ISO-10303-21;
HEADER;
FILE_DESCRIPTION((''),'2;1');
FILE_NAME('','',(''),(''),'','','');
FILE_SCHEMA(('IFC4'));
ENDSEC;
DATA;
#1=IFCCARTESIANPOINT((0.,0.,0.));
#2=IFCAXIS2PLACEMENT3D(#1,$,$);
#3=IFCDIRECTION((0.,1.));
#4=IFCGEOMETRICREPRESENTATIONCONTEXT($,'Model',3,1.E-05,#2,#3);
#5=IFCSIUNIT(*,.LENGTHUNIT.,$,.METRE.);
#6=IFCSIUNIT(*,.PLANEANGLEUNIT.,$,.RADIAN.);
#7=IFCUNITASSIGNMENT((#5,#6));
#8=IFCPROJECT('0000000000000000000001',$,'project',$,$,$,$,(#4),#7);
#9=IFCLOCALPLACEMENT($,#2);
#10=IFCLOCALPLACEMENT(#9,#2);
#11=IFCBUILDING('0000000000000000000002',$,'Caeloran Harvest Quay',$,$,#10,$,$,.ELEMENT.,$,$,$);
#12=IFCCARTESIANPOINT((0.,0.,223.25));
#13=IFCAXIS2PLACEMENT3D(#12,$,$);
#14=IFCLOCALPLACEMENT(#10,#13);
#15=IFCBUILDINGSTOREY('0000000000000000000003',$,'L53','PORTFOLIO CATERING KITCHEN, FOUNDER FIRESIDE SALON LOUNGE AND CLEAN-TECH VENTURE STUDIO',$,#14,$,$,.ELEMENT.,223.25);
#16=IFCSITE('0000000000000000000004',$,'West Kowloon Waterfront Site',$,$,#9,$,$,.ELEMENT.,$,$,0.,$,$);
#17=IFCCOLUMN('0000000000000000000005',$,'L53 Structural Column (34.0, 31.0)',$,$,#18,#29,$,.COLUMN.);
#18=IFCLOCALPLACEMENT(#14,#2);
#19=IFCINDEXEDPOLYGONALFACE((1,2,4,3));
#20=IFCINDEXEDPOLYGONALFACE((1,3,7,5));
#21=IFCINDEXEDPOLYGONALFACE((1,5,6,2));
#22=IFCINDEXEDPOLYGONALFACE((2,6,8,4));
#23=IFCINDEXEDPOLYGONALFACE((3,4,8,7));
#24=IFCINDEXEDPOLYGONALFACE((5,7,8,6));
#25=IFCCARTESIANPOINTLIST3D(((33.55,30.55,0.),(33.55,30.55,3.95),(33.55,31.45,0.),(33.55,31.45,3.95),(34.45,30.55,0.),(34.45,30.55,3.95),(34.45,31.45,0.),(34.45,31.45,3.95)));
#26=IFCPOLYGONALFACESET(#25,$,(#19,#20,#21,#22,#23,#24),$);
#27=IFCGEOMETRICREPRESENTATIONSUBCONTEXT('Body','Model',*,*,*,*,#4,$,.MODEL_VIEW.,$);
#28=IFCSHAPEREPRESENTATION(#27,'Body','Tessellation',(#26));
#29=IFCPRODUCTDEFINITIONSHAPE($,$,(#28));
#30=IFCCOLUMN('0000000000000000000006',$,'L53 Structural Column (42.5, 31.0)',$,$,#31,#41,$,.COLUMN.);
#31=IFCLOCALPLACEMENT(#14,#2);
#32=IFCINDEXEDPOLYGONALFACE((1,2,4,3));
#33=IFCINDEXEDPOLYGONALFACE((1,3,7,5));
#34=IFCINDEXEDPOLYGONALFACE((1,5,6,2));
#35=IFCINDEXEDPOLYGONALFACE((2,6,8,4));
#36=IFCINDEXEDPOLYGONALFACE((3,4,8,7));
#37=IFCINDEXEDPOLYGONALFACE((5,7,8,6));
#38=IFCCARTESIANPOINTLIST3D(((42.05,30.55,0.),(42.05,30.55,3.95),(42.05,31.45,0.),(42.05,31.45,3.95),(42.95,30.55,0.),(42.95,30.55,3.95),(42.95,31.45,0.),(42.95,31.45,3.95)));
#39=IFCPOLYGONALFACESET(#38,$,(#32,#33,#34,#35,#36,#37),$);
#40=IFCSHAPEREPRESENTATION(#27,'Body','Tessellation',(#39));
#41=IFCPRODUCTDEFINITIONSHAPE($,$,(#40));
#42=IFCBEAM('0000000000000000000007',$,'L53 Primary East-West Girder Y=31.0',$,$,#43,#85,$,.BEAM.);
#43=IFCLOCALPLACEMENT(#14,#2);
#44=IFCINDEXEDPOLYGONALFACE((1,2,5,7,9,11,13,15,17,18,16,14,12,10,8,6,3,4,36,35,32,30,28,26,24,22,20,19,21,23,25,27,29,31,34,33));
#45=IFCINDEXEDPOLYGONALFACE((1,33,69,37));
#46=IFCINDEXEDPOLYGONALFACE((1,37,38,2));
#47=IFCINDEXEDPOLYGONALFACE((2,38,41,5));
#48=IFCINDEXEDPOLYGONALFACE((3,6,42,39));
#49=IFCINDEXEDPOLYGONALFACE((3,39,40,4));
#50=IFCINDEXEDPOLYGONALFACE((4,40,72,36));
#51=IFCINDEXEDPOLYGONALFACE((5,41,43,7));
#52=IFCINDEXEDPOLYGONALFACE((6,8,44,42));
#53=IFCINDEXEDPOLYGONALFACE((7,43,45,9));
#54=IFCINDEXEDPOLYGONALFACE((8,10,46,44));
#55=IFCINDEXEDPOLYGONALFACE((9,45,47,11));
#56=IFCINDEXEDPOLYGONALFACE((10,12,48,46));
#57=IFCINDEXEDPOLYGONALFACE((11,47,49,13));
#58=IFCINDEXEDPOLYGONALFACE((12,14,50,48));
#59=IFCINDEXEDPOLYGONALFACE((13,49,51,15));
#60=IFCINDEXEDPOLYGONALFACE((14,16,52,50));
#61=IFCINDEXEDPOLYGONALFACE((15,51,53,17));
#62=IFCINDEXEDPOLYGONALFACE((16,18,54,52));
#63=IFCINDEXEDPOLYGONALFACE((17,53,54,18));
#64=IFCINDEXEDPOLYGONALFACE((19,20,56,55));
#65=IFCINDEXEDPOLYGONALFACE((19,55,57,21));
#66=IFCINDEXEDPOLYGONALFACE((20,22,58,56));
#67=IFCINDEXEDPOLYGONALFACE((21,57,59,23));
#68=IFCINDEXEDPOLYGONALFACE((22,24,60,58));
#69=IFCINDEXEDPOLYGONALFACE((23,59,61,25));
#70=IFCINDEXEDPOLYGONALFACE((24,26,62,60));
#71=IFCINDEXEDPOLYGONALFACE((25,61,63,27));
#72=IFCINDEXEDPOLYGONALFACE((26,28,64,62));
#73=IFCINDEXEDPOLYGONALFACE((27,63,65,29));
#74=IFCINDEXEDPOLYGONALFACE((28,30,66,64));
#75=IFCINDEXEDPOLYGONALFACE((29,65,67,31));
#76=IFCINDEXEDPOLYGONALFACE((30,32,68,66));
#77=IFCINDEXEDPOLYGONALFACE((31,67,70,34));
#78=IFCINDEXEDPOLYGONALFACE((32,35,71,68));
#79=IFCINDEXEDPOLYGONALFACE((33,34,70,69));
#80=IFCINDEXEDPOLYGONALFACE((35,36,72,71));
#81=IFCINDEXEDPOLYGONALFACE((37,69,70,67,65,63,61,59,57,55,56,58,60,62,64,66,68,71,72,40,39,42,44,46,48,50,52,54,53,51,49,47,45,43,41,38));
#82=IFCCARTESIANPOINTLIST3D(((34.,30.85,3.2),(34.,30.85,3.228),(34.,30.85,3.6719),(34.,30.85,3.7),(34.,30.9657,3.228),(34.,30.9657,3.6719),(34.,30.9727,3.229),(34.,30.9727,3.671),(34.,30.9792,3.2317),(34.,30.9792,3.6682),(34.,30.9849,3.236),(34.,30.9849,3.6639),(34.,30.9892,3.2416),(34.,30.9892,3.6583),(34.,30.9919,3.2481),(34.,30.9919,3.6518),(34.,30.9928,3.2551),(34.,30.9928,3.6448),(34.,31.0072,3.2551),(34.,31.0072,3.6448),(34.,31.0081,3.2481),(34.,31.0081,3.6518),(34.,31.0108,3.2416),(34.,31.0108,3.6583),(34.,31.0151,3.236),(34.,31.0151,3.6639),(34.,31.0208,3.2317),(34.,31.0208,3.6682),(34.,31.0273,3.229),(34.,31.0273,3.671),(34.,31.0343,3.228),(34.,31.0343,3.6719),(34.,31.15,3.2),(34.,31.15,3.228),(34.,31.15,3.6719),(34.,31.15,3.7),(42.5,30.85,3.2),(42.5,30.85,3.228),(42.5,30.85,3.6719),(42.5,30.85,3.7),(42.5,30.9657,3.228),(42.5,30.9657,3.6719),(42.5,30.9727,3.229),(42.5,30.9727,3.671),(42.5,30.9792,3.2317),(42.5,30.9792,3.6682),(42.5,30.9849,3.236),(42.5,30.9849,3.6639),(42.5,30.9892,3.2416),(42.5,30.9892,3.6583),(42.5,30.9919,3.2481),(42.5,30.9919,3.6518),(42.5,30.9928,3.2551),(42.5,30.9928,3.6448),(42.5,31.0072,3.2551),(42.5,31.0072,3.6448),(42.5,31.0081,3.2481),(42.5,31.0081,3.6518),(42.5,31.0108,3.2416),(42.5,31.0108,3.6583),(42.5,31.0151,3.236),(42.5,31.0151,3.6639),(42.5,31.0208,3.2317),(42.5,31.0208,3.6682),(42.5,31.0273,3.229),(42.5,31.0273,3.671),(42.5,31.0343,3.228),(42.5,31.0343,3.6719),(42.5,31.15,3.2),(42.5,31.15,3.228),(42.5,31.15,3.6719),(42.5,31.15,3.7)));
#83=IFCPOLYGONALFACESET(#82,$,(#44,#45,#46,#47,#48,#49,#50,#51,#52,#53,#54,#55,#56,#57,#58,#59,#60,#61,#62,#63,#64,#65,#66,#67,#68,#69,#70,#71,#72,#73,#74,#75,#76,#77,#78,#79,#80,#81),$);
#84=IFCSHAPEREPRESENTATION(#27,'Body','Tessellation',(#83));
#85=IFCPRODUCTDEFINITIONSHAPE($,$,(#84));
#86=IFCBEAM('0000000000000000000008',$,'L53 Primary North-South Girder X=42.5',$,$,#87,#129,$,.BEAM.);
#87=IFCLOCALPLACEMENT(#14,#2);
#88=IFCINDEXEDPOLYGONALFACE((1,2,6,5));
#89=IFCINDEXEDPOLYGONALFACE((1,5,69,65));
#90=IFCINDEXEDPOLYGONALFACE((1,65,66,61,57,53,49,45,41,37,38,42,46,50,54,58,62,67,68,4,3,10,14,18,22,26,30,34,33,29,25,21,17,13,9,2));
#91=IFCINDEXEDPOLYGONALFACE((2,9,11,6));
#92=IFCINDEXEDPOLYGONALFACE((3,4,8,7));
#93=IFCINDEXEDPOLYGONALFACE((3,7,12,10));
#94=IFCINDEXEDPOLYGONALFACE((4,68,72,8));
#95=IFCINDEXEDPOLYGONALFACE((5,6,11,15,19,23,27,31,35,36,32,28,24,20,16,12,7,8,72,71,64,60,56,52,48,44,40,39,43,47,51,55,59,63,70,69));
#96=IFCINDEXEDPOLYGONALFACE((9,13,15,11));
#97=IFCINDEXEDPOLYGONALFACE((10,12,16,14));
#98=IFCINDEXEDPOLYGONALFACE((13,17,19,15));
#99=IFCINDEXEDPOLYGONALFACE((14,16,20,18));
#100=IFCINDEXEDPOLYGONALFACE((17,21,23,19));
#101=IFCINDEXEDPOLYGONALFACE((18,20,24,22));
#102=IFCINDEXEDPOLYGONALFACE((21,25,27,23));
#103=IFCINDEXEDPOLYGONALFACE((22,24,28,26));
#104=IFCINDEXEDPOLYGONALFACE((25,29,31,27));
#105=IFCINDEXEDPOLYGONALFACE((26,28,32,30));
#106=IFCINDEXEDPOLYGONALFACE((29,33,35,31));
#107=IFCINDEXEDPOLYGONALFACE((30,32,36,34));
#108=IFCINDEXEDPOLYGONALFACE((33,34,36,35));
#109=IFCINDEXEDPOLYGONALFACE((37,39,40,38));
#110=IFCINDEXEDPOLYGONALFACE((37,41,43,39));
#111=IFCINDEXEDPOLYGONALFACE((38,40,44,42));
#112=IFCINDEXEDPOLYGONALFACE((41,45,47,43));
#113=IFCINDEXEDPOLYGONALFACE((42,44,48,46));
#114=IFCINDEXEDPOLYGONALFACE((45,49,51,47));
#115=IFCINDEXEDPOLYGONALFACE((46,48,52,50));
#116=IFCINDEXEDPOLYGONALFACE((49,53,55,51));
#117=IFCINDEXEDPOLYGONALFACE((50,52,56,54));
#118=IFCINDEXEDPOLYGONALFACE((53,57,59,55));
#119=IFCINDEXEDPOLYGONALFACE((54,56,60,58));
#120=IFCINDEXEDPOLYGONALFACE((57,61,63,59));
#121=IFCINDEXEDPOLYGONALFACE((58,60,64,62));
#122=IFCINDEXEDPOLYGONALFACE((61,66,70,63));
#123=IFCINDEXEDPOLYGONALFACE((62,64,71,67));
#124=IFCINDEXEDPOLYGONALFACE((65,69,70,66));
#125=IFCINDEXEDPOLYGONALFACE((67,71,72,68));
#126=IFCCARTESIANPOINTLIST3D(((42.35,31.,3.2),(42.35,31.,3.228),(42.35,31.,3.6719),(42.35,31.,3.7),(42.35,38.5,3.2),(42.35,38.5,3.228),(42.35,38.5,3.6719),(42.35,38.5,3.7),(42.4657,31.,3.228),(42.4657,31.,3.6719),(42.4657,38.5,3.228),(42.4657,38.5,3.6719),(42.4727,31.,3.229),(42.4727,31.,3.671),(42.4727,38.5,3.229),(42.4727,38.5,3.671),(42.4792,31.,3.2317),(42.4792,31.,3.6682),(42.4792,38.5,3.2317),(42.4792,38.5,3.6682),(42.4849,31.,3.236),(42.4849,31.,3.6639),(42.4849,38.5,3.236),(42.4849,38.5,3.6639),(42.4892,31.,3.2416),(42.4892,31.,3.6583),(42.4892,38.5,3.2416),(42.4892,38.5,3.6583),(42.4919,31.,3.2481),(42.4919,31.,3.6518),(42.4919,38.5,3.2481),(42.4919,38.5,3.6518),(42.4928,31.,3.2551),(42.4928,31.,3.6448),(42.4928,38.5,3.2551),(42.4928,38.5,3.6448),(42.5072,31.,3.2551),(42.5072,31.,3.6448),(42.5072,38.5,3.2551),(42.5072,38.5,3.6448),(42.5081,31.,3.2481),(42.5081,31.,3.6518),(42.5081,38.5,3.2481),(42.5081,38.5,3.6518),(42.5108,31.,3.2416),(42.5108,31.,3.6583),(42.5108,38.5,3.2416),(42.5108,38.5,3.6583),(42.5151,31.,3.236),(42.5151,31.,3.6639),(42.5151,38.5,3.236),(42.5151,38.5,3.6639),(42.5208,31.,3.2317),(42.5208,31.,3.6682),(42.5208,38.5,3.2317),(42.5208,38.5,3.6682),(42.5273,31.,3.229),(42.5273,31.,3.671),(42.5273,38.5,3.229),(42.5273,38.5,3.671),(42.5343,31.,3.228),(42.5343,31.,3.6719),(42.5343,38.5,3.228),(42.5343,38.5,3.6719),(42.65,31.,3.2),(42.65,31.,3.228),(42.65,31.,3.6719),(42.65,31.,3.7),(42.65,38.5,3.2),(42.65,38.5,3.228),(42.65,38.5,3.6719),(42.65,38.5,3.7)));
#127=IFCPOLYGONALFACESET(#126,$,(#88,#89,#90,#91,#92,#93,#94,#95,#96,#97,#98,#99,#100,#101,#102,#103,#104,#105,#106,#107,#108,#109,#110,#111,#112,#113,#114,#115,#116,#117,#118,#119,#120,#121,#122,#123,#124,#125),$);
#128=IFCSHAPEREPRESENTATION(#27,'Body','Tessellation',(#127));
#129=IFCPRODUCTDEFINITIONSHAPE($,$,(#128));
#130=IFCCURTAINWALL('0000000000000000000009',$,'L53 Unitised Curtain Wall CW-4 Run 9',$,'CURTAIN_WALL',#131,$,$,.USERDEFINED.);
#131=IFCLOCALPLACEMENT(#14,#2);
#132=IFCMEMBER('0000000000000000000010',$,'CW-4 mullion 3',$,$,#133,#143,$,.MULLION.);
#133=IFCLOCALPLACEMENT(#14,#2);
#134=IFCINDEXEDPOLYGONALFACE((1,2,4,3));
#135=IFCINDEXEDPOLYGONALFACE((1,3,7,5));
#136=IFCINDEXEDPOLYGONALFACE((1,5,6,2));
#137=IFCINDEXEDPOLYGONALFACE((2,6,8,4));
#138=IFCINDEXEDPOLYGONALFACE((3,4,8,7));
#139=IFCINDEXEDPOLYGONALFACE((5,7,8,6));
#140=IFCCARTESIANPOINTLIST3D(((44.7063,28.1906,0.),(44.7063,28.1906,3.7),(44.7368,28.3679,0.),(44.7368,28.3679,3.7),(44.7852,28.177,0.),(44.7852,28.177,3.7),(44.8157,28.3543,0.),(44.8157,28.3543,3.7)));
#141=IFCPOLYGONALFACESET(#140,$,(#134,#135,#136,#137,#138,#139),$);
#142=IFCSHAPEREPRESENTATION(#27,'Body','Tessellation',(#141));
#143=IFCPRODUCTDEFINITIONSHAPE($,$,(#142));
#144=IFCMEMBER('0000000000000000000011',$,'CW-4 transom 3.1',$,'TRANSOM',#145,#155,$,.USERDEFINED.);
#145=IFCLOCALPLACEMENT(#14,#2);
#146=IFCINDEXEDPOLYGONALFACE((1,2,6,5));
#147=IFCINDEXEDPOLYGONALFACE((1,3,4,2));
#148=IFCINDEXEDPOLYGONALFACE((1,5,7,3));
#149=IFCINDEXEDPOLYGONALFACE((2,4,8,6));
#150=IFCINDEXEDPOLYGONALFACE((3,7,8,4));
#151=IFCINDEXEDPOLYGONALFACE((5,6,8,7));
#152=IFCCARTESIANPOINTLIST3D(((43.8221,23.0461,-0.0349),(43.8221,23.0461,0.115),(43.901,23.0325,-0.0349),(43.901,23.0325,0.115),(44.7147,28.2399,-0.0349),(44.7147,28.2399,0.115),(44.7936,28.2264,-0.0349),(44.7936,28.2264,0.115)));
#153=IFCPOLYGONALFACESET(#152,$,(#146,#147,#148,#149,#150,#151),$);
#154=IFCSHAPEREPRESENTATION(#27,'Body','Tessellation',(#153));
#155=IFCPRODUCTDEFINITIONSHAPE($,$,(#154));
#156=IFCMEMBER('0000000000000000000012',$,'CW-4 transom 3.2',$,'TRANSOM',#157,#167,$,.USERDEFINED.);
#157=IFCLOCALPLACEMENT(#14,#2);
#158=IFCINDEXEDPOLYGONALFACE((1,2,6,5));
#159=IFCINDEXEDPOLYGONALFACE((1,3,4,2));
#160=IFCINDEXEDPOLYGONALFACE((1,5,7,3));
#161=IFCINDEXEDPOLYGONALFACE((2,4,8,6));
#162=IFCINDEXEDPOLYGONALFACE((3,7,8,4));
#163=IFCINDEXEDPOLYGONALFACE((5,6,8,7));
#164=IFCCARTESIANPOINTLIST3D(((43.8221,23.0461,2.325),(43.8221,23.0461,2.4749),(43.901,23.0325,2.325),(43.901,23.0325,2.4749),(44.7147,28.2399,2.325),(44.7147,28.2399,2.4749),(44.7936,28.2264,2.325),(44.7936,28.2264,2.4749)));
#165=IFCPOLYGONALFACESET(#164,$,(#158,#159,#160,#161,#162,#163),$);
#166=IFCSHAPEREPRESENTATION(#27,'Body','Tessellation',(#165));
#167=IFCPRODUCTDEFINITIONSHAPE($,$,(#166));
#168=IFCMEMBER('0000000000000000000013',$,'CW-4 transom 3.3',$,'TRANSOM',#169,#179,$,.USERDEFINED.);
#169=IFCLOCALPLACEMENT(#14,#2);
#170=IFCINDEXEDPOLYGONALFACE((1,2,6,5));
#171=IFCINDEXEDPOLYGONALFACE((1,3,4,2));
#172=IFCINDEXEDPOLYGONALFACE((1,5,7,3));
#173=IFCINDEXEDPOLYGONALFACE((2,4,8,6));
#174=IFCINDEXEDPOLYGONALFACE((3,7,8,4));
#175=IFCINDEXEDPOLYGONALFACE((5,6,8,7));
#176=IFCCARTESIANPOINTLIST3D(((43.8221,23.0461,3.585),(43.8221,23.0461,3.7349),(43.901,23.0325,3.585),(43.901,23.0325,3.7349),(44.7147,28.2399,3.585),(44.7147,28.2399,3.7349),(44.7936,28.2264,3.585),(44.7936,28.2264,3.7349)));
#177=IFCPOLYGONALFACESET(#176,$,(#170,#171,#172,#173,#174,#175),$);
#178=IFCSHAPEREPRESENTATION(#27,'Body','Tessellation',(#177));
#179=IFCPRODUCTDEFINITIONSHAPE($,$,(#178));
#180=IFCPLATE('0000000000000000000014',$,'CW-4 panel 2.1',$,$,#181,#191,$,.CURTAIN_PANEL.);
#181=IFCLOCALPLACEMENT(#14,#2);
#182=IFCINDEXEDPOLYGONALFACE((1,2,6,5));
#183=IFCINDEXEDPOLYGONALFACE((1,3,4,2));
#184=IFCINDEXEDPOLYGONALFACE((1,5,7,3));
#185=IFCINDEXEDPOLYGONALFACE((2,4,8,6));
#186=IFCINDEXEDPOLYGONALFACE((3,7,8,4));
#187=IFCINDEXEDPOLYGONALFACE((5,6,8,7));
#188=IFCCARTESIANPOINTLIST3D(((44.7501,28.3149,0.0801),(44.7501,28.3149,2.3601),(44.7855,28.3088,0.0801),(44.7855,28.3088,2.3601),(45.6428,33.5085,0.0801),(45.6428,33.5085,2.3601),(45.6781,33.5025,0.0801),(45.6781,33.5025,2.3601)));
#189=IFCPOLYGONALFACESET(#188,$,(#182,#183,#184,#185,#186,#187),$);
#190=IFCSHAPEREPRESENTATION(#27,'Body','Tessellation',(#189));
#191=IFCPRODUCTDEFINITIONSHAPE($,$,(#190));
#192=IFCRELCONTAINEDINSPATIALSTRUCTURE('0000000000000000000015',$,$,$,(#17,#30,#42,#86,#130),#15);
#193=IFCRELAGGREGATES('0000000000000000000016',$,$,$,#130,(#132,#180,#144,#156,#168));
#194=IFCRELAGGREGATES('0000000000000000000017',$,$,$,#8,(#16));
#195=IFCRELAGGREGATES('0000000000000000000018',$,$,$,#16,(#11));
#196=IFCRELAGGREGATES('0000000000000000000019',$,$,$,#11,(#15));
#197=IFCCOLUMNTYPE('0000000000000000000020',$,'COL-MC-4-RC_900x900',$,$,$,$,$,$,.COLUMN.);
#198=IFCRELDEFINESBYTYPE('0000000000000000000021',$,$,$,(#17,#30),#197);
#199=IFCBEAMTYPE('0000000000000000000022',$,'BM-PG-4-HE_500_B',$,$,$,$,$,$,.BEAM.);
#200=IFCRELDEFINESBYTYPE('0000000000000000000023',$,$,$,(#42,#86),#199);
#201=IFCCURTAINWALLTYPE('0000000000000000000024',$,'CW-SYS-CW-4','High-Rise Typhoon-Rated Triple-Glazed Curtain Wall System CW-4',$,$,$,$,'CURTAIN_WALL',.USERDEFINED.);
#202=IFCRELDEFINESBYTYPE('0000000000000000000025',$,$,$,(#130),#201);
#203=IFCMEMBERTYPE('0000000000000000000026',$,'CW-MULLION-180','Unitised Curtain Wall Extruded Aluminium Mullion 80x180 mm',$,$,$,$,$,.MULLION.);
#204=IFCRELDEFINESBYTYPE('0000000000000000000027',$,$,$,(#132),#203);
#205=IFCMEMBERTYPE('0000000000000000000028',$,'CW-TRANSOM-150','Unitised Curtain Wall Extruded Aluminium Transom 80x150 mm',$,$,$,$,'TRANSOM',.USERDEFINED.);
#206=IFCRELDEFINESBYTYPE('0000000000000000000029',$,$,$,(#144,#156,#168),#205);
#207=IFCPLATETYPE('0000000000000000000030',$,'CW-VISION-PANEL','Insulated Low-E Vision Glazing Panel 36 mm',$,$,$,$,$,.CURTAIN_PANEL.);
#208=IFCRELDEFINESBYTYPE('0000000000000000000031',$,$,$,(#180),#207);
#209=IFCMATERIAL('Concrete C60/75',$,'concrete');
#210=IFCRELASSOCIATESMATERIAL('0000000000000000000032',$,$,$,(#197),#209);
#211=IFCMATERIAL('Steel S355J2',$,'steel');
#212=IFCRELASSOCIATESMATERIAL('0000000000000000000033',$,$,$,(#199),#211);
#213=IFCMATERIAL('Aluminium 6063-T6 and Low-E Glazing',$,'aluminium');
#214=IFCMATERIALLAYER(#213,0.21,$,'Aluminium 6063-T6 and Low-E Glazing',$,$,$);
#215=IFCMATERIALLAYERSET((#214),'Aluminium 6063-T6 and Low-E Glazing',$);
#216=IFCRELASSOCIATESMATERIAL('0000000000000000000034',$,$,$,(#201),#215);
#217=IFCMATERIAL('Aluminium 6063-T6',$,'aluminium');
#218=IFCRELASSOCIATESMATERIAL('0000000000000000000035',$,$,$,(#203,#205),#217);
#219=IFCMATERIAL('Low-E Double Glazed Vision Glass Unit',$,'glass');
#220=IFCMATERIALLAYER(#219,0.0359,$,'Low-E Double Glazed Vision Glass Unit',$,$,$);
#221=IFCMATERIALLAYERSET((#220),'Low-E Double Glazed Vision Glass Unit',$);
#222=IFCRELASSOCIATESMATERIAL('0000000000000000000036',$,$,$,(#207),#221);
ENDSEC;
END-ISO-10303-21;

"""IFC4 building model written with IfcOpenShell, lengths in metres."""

from ifc_helpers import new_model, si_unit, direction, frame, origin, origin_2d, place, context, subcontext, project, spatial, rectangle, i_section, extrude, material, layer, layer_set, material_profile, profile_set, type_object, element, aggregate, save


model = new_model("IFC4")

# Units and contexts
model_context = context("Model", 3, precision=1e-05, world=origin(), true_north=direction((0.0, 1.0)))
body_context = subcontext(model_context, "Body", "Model", "MODEL_VIEW")
ifc_project = project(units=[si_unit("LENGTHUNIT", "METRE"), si_unit("PLANEANGLEUNIT", "RADIAN")], contexts=[model_context])

# Site, building, storey
site_placement = place(None, origin())
site = spatial("IfcSite", under=ifc_project, at=site_placement, Name="West Kowloon Waterfront Site", CompositionType="ELEMENT", RefElevation=0.0)
building_placement = place(site_placement, origin())
building = spatial("IfcBuilding", under=site, at=building_placement, Name="Caeloran Harvest Quay", CompositionType="ELEMENT")
storey_placement = place(building_placement, frame((0.0, 0.0, 223.25)))
storey = spatial("IfcBuildingStorey", under=building, at=storey_placement, Name="L53", Description="PORTFOLIO CATERING KITCHEN, FOUNDER FIRESIDE SALON LOUNGE AND CLEAN-TECH VENTURE STUDIO", CompositionType="ELEMENT", Elevation=223.25)

# Columns
ifc_material_1 = material(Name="Concrete C60/75", Category="concrete")
ifc_material_profile_1 = material_profile(ifc_material_1, rectangle(XDim=0.8999, YDim=0.8999, at=origin_2d()), Name="RC 900x900")
ifc_profile_set_1 = profile_set([ifc_material_profile_1], Name="Concrete C60/75")
column_type = type_object("IfcColumnType", Name="COL-MC-4-RC_900x900", PredefinedType="COLUMN", material=ifc_profile_set_1)
for number, where, z_axis, x_axis, name in (
    (1, (34.0, 31.0, 0.0), (0.0, 0.0, 1.0), (1.0, 0.0, 0.0), "L53 Structural Column (34.0, 31.0)"),
    (2, (42.5, 31.0, 0.0), (0.0, 0.0, 1.0), (1.0, 0.0, 0.0), "L53 Structural Column (42.5, 31.0)"),
):
    element("IfcColumn", number, at=place(storey_placement, frame(where, z_axis=z_axis, x_axis=x_axis)), inside=storey, type_object=column_type, Name=name, PredefinedType="COLUMN", context=body_context, shape_type="SweptSolid", body=[
        extrude(rectangle(XDim=0.8999, YDim=0.8999, at=origin_2d()), origin(), (0.0, 0.0, 1.0), 3.95),
    ])

# Beams
ifc_material_2 = material(Name="Steel S355J2", Category="steel")
ifc_material_profile_2 = material_profile(ifc_material_2, i_section(OverallWidth=0.3, OverallDepth=0.5, WebThickness=0.0144, FlangeThickness=0.0281, FilletRadius=0.0271, at=origin_2d()), Name="HE 500 B")
ifc_profile_set_2 = profile_set([ifc_material_profile_2], Name="Steel S355J2")
beam_type = type_object("IfcBeamType", Name="BM-PG-4-HE_500_B", PredefinedType="BEAM", material=ifc_profile_set_2)
beam_1_placement = place(storey_placement, frame((34.0, 31.0, 3.45), z_axis=(1.0, 0.0, 0.0), x_axis=(0.0, 1.0, 0.0)))
element("IfcBeam", 3, at=beam_1_placement, inside=storey, type_object=beam_type, Name="L53 Primary East-West Girder Y=31.0", PredefinedType="BEAM", context=body_context, shape_type="SweptSolid", body=[
    extrude(i_section(OverallWidth=0.3, OverallDepth=0.5, WebThickness=0.0144, FlangeThickness=0.0281, FilletRadius=0.0271, at=origin_2d()), origin(), (0.0, 0.0, 1.0), 8.5),
])
beam_2_placement = place(storey_placement, frame((42.5, 31.0, 3.45), z_axis=(0.0, 1.0, 0.0), x_axis=(-1.0, 0.0, 0.0)))
element("IfcBeam", 4, at=beam_2_placement, inside=storey, type_object=beam_type, Name="L53 Primary North-South Girder X=42.5", PredefinedType="BEAM", context=body_context, shape_type="SweptSolid", body=[
    extrude(i_section(OverallWidth=0.3, OverallDepth=0.5, WebThickness=0.0144, FlangeThickness=0.0281, FilletRadius=0.0271, at=origin_2d()), origin(), (0.0, 0.0, 1.0), 7.5),
])

# Curtain wall, members, plate
ifc_material_3 = material(Name="Aluminium 6063-T6 and Low-E Glazing", Category="aluminium")
ifc_layer_1 = layer(ifc_material_3, 0.21, Name="Aluminium 6063-T6 and Low-E Glazing")
ifc_layer_set_1 = layer_set([ifc_layer_1], Name="Aluminium 6063-T6 and Low-E Glazing")
curtain_wall_type = type_object("IfcCurtainWallType", Name="CW-SYS-CW-4", Description="High-Rise Typhoon-Rated Triple-Glazed Curtain Wall System CW-4", ElementType="CURTAIN_WALL", PredefinedType="USERDEFINED", material=ifc_layer_set_1)
curtain_wall_placement = place(storey_placement, origin())
curtain_wall = element("IfcCurtainWall", 5, at=curtain_wall_placement, inside=storey, type_object=curtain_wall_type, Name="L53 Unitised Curtain Wall CW-4 Run 9", ObjectType="CURTAIN_WALL", PredefinedType="USERDEFINED")
ifc_material_4 = material(Name="Aluminium 6063-T6", Category="aluminium")
ifc_material_profile_3 = material_profile(ifc_material_4, rectangle(XDim=0.0801, YDim=0.1799, at=origin_2d()), Name="CW-MULLION-180")
ifc_profile_set_3 = profile_set([ifc_material_profile_3], Name="Aluminium 6063-T6")
member_type_1 = type_object("IfcMemberType", Name="CW-MULLION-180", Description="Unitised Curtain Wall Extruded Aluminium Mullion 80x180 mm", PredefinedType="MULLION", material=ifc_profile_set_3)
member_1_placement = place(storey_placement, frame((44.761, 28.2725, 0.0), z_axis=(0.0, 0.0, 1.0), x_axis=(0.985549, -0.169391, 0.0)))
member_1 = element("IfcMember", 6, at=member_1_placement, type_object=member_type_1, Name="CW-4 mullion 3", PredefinedType="MULLION", context=body_context, shape_type="SweptSolid", body=[
    extrude(rectangle(XDim=0.0801, YDim=0.1799, at=origin_2d()), origin(), (0.0, 0.0, 1.0), 3.7),
])
ifc_material_profile_4 = material_profile(ifc_material_4, rectangle(XDim=0.0801, YDim=0.1499, at=origin_2d()), Name="CW-TRANSOM-150")
ifc_profile_set_4 = profile_set([ifc_material_profile_4], Name="Aluminium 6063-T6")
member_type_2 = type_object("IfcMemberType", Name="CW-TRANSOM-150", Description="Unitised Curtain Wall Extruded Aluminium Transom 80x150 mm", ElementType="TRANSOM", PredefinedType="USERDEFINED", material=ifc_profile_set_4)
member_2_placement = place(storey_placement, frame((44.7542, 28.2332, 0.04), z_axis=(-0.16937, -0.985553, 0.0), x_axis=(0.985553, -0.16937, 0.0)))
member_2 = element("IfcMember", 7, at=member_2_placement, type_object=member_type_2, Name="CW-4 transom 3.1", ObjectType="TRANSOM", PredefinedType="USERDEFINED", context=body_context, shape_type="SweptSolid", body=[
    extrude(rectangle(XDim=0.0801, YDim=0.1499, at=origin_2d()), origin(), (0.0, 0.0, 1.0), 5.27),
])
member_3_placement = place(storey_placement, frame((44.7542, 28.2332, 2.3999), z_axis=(-0.16937, -0.985553, 0.0), x_axis=(0.985553, -0.16937, 0.0)))
member_3 = element("IfcMember", 8, at=member_3_placement, type_object=member_type_2, Name="CW-4 transom 3.2", ObjectType="TRANSOM", PredefinedType="USERDEFINED", context=body_context, shape_type="SweptSolid", body=[
    extrude(rectangle(XDim=0.0801, YDim=0.1499, at=origin_2d()), origin(), (0.0, 0.0, 1.0), 5.27),
])
member_4_placement = place(storey_placement, frame((44.7542, 28.2332, 3.6599), z_axis=(-0.16937, -0.985553, 0.0), x_axis=(0.985553, -0.16937, 0.0)))
member_4 = element("IfcMember", 9, at=member_4_placement, type_object=member_type_2, Name="CW-4 transom 3.3", ObjectType="TRANSOM", PredefinedType="USERDEFINED", context=body_context, shape_type="SweptSolid", body=[
    extrude(rectangle(XDim=0.0801, YDim=0.1499, at=origin_2d()), origin(), (0.0, 0.0, 1.0), 5.27),
])
ifc_material_5 = material(Name="Low-E Double Glazed Vision Glass Unit", Category="glass")
ifc_layer_2 = layer(ifc_material_5, 0.0359, Name="Low-E Double Glazed Vision Glass Unit")
ifc_layer_set_2 = layer_set([ifc_layer_2], Name="Low-E Double Glazed Vision Glass Unit")
plate_type = type_object("IfcPlateType", Name="CW-VISION-PANEL", Description="Insulated Low-E Vision Glazing Panel 36 mm", PredefinedType="CURTAIN_PANEL", material=ifc_layer_set_2)
plate_1_placement = place(storey_placement, frame((45.2141, 30.9087, 0.0801), z_axis=(0.0, 0.0, 1.0), x_axis=(-0.169391, -0.985549, 0.0)))
plate_1 = element("IfcPlate", 10, at=plate_1_placement, type_object=plate_type, Name="CW-4 panel 2.1", PredefinedType="CURTAIN_PANEL", context=body_context, shape_type="SweptSolid", body=[
    extrude(rectangle(XDim=5.2698, YDim=0.0359, at=origin_2d()), origin(), (0.0, 0.0, 1.0), 2.28),
])
aggregate(curtain_wall, [member_1, plate_1, member_2, member_3, member_4])

save(model, "model.ifc")
